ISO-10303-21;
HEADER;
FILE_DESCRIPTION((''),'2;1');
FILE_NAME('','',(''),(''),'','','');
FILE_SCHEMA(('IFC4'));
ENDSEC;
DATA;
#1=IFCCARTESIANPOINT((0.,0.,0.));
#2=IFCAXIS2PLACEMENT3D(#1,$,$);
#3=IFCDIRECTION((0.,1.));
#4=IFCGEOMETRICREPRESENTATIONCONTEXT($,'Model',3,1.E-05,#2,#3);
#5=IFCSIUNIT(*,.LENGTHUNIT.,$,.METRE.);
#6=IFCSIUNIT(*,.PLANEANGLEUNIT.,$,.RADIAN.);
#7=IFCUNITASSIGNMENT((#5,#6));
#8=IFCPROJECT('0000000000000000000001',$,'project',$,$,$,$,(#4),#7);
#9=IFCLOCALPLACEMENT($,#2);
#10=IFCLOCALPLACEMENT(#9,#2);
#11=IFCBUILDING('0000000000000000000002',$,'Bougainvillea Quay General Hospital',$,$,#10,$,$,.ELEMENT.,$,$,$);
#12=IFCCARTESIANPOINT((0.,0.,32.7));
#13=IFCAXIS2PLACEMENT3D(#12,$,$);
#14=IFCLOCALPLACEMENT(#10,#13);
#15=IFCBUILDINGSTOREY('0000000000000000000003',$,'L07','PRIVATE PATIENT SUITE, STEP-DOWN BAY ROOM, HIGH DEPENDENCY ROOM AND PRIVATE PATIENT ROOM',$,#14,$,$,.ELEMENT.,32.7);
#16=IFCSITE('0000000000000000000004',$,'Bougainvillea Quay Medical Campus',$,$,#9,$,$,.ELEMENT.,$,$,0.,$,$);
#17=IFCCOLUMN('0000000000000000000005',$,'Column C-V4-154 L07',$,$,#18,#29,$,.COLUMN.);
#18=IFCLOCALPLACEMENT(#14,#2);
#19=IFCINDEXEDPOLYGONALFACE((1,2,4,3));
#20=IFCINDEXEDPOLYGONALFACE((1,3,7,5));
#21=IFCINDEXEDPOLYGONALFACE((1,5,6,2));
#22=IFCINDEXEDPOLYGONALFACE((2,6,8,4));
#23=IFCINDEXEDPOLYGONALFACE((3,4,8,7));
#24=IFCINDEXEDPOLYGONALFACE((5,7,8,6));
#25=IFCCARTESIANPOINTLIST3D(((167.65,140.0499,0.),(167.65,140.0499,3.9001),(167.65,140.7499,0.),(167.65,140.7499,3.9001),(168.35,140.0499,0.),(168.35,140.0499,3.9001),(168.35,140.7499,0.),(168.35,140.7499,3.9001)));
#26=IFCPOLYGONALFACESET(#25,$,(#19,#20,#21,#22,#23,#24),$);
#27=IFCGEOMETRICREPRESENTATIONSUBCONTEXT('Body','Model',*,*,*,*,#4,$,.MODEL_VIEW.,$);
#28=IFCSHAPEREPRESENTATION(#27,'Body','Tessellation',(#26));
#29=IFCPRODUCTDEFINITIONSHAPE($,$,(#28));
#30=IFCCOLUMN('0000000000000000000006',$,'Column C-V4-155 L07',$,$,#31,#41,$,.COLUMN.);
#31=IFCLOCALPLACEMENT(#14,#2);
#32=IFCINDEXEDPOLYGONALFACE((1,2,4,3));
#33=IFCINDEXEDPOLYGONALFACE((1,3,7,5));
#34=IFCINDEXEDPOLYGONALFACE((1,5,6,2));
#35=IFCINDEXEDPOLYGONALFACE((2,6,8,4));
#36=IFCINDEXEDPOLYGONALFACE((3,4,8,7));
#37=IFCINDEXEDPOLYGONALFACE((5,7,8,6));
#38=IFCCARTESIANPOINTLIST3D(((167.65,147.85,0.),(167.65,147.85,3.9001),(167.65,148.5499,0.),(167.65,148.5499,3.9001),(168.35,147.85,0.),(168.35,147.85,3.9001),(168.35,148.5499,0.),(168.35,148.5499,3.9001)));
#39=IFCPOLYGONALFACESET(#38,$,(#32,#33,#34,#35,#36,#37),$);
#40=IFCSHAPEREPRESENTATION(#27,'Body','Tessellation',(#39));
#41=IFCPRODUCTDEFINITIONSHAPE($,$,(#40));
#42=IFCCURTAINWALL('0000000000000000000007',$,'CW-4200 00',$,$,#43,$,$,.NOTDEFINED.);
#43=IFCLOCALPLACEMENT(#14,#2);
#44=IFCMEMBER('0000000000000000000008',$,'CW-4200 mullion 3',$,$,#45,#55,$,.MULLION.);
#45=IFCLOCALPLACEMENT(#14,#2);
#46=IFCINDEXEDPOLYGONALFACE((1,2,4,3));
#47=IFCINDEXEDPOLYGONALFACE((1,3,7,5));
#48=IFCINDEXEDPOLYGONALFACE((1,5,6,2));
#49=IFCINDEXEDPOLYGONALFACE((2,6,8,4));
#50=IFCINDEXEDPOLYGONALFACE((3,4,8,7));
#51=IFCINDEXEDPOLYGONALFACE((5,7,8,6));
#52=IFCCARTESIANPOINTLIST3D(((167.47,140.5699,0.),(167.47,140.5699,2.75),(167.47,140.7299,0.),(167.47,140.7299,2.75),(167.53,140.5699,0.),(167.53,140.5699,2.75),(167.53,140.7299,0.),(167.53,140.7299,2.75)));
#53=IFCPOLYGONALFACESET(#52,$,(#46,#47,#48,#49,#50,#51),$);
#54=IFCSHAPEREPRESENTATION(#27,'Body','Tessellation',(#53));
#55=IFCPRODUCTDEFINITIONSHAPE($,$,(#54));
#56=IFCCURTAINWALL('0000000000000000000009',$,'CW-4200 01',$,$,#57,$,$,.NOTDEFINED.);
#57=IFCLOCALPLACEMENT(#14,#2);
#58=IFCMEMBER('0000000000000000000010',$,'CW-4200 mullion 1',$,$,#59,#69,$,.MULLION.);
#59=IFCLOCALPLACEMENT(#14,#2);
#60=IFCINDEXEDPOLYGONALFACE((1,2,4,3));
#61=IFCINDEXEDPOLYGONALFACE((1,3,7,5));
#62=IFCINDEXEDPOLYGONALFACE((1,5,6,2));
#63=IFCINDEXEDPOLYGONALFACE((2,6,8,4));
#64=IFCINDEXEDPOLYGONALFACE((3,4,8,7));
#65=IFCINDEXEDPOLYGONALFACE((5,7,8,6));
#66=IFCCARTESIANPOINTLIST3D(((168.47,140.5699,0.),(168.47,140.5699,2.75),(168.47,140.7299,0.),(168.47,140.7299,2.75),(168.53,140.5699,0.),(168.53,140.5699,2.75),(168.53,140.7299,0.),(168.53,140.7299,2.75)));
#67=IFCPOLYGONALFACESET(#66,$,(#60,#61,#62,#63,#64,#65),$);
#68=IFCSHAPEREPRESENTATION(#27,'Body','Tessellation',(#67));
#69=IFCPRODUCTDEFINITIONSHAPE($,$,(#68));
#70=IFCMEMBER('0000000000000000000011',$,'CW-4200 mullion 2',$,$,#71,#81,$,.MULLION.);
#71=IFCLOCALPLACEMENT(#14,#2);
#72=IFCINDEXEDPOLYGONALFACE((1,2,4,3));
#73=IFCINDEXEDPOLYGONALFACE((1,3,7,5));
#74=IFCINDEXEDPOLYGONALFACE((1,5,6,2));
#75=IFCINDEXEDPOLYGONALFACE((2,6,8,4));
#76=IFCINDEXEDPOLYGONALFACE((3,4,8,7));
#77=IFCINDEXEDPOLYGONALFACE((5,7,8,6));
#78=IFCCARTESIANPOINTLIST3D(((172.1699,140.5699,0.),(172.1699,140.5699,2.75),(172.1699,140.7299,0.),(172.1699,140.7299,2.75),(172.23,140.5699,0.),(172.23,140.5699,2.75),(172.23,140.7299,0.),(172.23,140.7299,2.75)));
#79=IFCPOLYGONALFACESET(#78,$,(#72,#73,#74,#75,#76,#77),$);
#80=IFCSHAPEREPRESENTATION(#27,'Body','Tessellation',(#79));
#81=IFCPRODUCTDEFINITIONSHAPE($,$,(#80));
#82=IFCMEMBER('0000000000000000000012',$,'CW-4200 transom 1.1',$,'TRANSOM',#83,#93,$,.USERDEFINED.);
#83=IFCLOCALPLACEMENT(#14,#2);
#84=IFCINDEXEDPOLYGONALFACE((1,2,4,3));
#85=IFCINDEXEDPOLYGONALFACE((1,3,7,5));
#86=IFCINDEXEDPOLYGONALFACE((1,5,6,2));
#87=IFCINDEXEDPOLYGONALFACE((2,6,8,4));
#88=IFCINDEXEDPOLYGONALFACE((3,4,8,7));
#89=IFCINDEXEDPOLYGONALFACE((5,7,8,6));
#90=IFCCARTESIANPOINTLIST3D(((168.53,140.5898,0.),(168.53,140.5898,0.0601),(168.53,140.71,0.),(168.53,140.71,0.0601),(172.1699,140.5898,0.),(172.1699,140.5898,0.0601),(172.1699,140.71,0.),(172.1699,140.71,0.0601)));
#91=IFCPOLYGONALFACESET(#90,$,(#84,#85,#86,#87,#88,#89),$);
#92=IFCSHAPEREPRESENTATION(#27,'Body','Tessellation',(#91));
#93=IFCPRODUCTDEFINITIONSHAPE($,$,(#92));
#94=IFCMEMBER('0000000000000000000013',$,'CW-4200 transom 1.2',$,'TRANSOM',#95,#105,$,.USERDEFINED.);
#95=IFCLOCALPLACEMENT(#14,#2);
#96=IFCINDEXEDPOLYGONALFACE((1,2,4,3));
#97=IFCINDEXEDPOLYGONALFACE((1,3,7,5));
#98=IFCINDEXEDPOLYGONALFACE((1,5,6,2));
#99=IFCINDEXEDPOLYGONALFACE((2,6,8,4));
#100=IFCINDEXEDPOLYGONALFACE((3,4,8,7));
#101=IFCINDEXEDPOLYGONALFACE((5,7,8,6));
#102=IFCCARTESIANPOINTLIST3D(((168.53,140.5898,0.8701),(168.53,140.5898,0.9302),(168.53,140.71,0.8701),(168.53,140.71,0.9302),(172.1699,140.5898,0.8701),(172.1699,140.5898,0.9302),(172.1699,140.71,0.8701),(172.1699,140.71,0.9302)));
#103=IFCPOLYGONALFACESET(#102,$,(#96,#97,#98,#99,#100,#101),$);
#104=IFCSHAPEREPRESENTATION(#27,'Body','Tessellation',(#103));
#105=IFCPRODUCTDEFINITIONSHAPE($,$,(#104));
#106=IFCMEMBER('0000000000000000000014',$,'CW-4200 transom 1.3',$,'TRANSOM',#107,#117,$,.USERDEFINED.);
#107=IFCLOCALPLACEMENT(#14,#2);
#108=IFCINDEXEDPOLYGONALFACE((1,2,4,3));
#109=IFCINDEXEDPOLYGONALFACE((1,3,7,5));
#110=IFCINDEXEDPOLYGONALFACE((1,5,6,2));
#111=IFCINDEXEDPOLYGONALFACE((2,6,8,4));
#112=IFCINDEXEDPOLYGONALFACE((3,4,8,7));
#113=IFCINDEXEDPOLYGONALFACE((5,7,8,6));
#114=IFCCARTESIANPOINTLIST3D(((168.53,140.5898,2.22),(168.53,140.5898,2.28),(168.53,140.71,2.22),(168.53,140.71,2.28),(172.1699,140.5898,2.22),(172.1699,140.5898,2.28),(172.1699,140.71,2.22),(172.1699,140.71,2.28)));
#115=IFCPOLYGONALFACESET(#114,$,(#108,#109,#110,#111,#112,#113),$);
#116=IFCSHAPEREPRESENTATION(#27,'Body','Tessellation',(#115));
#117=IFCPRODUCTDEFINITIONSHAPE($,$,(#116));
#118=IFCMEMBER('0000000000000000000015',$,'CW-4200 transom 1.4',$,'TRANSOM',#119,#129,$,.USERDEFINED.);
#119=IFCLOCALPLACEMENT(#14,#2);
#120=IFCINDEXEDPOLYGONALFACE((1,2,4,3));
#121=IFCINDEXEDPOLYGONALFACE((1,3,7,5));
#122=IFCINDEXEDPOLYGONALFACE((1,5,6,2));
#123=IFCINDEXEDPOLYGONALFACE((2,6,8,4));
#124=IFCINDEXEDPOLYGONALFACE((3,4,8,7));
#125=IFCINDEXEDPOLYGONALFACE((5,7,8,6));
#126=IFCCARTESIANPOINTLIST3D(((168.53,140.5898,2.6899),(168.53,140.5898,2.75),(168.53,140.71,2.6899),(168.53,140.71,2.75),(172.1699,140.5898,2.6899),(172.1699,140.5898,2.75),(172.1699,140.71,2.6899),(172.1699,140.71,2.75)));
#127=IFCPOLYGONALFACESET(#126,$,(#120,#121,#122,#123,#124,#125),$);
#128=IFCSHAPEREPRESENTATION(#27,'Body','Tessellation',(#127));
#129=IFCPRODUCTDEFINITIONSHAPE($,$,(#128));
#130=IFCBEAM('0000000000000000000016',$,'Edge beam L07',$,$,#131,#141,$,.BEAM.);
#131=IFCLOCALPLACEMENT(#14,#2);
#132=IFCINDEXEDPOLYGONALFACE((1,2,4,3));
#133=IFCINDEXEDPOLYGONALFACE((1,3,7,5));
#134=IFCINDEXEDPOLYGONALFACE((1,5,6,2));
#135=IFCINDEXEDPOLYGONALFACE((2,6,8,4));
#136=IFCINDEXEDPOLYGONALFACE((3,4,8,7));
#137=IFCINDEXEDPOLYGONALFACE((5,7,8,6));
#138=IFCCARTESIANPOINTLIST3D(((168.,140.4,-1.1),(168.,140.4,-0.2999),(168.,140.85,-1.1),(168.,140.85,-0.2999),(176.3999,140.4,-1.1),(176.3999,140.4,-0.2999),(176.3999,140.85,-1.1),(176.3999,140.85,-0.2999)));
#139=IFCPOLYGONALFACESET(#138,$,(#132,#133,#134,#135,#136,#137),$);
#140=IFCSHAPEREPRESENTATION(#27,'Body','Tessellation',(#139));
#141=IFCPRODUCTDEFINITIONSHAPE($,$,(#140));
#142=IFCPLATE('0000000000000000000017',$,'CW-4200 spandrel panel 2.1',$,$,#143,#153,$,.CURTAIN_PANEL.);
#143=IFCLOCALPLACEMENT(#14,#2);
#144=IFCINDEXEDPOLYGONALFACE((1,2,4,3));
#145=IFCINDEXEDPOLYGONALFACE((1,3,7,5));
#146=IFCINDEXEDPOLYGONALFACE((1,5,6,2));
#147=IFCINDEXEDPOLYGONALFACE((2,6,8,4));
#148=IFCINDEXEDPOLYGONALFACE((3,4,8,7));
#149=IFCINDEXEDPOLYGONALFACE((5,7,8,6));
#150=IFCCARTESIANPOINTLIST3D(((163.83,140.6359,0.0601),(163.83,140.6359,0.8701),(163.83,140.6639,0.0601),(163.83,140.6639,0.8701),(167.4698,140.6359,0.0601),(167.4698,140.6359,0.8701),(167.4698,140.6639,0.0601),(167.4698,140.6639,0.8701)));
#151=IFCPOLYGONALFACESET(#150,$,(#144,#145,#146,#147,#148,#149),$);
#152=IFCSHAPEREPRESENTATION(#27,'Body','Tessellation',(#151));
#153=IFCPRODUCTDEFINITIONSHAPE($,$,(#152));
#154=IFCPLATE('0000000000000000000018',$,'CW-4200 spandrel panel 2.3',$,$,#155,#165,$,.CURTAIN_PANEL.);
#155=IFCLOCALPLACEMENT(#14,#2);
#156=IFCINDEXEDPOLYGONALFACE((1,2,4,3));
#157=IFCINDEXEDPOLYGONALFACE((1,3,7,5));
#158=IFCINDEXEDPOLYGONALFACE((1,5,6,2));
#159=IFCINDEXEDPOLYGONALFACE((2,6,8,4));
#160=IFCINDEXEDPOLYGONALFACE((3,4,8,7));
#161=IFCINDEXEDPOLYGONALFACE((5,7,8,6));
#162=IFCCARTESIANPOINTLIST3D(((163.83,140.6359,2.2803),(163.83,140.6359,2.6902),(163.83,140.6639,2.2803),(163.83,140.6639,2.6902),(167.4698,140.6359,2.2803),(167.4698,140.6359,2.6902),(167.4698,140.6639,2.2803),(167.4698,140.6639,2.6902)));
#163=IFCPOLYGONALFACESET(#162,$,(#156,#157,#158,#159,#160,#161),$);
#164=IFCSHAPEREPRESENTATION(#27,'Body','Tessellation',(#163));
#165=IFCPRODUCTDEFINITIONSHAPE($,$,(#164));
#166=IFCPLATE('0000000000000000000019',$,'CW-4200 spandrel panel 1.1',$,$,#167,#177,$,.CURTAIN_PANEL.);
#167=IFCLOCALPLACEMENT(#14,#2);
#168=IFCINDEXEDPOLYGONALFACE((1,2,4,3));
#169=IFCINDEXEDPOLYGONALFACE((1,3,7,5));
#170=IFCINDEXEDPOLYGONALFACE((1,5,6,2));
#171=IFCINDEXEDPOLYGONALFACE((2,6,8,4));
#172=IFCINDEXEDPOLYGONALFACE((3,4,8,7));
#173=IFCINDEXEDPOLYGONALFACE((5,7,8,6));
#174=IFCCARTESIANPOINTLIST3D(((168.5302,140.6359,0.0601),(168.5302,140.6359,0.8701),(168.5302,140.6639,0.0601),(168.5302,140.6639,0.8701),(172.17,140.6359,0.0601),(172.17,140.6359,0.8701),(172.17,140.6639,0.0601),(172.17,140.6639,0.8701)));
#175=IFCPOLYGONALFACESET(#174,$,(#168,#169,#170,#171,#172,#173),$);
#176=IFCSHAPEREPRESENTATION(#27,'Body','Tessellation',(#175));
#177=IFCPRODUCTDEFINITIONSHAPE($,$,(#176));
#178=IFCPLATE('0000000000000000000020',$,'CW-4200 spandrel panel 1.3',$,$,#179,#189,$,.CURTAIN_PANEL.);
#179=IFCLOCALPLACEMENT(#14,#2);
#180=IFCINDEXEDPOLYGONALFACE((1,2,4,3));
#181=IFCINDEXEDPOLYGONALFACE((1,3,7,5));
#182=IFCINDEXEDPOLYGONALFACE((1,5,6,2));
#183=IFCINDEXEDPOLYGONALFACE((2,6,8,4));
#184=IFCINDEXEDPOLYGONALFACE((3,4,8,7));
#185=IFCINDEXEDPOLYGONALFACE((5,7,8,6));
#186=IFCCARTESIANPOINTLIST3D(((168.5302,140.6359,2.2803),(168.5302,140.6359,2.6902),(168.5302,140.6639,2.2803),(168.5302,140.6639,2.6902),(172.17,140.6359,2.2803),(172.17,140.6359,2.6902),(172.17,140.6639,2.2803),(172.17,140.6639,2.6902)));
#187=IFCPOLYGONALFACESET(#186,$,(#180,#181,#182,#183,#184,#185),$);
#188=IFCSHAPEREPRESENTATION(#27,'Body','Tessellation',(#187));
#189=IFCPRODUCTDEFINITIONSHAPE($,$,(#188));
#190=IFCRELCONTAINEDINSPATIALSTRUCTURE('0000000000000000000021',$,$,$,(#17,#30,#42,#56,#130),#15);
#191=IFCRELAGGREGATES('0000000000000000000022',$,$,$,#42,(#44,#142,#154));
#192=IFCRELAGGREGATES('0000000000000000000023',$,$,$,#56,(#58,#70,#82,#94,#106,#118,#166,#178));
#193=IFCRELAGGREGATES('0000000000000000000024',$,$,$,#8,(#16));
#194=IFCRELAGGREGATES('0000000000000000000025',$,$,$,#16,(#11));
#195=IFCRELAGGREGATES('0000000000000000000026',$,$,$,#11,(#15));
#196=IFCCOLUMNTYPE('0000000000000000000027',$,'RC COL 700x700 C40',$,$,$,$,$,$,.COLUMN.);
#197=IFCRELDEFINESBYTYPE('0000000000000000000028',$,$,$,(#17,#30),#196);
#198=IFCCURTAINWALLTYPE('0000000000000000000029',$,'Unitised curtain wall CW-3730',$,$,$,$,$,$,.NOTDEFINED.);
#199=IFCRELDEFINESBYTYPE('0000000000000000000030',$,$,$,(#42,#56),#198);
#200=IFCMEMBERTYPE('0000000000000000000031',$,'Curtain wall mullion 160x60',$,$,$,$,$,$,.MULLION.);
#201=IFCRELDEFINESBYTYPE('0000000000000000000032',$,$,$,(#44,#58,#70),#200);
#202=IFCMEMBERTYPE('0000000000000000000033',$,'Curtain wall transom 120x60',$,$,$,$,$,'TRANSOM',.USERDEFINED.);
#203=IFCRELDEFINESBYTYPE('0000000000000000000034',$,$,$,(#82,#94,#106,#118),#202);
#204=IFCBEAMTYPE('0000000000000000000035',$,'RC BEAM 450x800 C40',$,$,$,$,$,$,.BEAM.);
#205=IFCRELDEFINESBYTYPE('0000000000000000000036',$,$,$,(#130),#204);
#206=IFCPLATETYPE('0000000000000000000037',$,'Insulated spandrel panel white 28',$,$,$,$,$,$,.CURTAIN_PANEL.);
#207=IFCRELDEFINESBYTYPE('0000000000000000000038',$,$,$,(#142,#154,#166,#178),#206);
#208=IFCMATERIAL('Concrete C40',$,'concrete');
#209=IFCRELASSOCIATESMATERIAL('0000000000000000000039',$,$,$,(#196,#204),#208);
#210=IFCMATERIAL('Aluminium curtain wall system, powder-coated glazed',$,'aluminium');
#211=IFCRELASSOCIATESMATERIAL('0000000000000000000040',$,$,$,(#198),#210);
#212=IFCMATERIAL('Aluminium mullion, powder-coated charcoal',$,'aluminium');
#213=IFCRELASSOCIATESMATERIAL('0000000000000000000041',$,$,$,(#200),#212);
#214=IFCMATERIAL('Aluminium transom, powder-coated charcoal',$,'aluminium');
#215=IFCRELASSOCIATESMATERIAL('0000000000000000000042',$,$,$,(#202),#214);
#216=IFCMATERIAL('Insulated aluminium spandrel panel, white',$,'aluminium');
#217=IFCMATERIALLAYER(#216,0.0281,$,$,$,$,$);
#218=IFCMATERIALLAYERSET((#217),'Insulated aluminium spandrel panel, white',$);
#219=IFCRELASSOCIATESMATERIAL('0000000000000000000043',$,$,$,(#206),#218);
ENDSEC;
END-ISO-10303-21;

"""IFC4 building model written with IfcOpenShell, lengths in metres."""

from ifc_helpers import new_model, si_unit, direction, frame, origin, origin_2d, place, context, subcontext, project, spatial, rectangle, extrude, material, layer, layer_set, material_profile, profile_set, type_object, element, aggregate, save


model = new_model("IFC4")

# Units and contexts
model_context = context("Model", 3, precision=1e-05, world=origin(), true_north=direction((0.0, 1.0)))
body_context = subcontext(model_context, "Body", "Model", "MODEL_VIEW")
ifc_project = project(units=[si_unit("LENGTHUNIT", "METRE"), si_unit("PLANEANGLEUNIT", "RADIAN")], contexts=[model_context])

# Site, building, storey
site_placement = place(None, origin())
site = spatial("IfcSite", under=ifc_project, at=site_placement, Name="Bougainvillea Quay Medical Campus", CompositionType="ELEMENT", RefElevation=0.0)
building_placement = place(site_placement, origin())
building = spatial("IfcBuilding", under=site, at=building_placement, Name="Bougainvillea Quay General Hospital", CompositionType="ELEMENT")
storey_placement = place(building_placement, frame((0.0, 0.0, 32.7)))
storey = spatial("IfcBuildingStorey", under=building, at=storey_placement, Name="L07", Description="PRIVATE PATIENT SUITE, STEP-DOWN BAY ROOM, HIGH DEPENDENCY ROOM AND PRIVATE PATIENT ROOM", CompositionType="ELEMENT", Elevation=32.7)

# Columns
ifc_material_1 = material(Name="Concrete C40", Category="concrete")
ifc_material_profile_1 = material_profile(ifc_material_1, rectangle(XDim=0.7, YDim=0.7, at=origin_2d()))
ifc_profile_set_1 = profile_set([ifc_material_profile_1], Name="Concrete C40")
column_type = type_object("IfcColumnType", Name="RC COL 700x700 C40", PredefinedType="COLUMN", material=ifc_profile_set_1)
for number, where, z_axis, x_axis, name in (
    (1, (168.0, 140.3999, 0.0), (0.0, 0.0, 1.0), (1.0, 0.0, 0.0), "Column C-V4-154 L07"),
    (2, (168.0, 148.2, 0.0), (0.0, 0.0, 1.0), (1.0, 0.0, 0.0), "Column C-V4-155 L07"),
):
    element("IfcColumn", number, at=place(storey_placement, frame(where, z_axis=z_axis, x_axis=x_axis)), inside=storey, type_object=column_type, Name=name, PredefinedType="COLUMN", context=body_context, shape_type="SweptSolid", body=[
        extrude(rectangle(XDim=0.7, YDim=0.7, at=origin_2d()), origin(), (0.0, 0.0, 1.0), 3.9001),
    ])

# Curtain wall, member
ifc_material_2 = material(Name="Aluminium curtain wall system, powder-coated glazed", Category="aluminium")
curtain_wall_type = type_object("IfcCurtainWallType", Name="Unitised curtain wall CW-3730", PredefinedType="NOTDEFINED", material=ifc_material_2)
curtain_wall_1_placement = place(storey_placement, origin())
curtain_wall_1 = element("IfcCurtainWall", 3, at=curtain_wall_1_placement, inside=storey, type_object=curtain_wall_type, Name="CW-4200 00", PredefinedType="NOTDEFINED")
ifc_material_3 = material(Name="Aluminium mullion, powder-coated charcoal", Category="aluminium")
ifc_material_profile_2 = material_profile(ifc_material_3, rectangle(XDim=0.1599, YDim=0.0601, at=origin_2d()))
ifc_profile_set_2 = profile_set([ifc_material_profile_2], Name="Aluminium mullion, powder-coated charcoal")
member_type_1 = type_object("IfcMemberType", Name="Curtain wall mullion 160x60", PredefinedType="MULLION", material=ifc_profile_set_2)
member_1_placement = place(storey_placement, frame((167.5, 140.6499, 0.0), z_axis=(0.0, 0.0, 1.0), x_axis=(0.0, 1.0, 0.0)))
member_1 = element("IfcMember", 4, at=member_1_placement, type_object=member_type_1, Name="CW-4200 mullion 3", PredefinedType="MULLION", context=body_context, shape_type="SweptSolid", body=[
    extrude(rectangle(XDim=0.1599, YDim=0.0601, at=origin_2d()), origin(), (0.0, 0.0, 1.0), 2.75),
])

# Curtain wall, members
curtain_wall_2_placement = place(storey_placement, origin())
curtain_wall_2 = element("IfcCurtainWall", 5, at=curtain_wall_2_placement, inside=storey, type_object=curtain_wall_type, Name="CW-4200 01", PredefinedType="NOTDEFINED")
member_2_placement = place(storey_placement, frame((168.5, 140.6499, 0.0), z_axis=(0.0, 0.0, 1.0), x_axis=(0.0, 1.0, 0.0)))
member_2 = element("IfcMember", 6, at=member_2_placement, type_object=member_type_1, Name="CW-4200 mullion 1", PredefinedType="MULLION", context=body_context, shape_type="SweptSolid", body=[
    extrude(rectangle(XDim=0.1599, YDim=0.0601, at=origin_2d()), origin(), (0.0, 0.0, 1.0), 2.75),
])
member_3_placement = place(storey_placement, frame((172.2, 140.6499, 0.0), z_axis=(0.0, 0.0, 1.0), x_axis=(0.0, 1.0, 0.0)))
member_3 = element("IfcMember", 7, at=member_3_placement, type_object=member_type_1, Name="CW-4200 mullion 2", PredefinedType="MULLION", context=body_context, shape_type="SweptSolid", body=[
    extrude(rectangle(XDim=0.1599, YDim=0.0601, at=origin_2d()), origin(), (0.0, 0.0, 1.0), 2.75),
])
ifc_material_4 = material(Name="Aluminium transom, powder-coated charcoal", Category="aluminium")
ifc_material_profile_3 = material_profile(ifc_material_4, rectangle(XDim=0.1201, YDim=0.0601, at=origin_2d()))
ifc_profile_set_3 = profile_set([ifc_material_profile_3], Name="Aluminium transom, powder-coated charcoal")
member_type_2 = type_object("IfcMemberType", Name="Curtain wall transom 120x60", ElementType="TRANSOM", PredefinedType="USERDEFINED", material=ifc_profile_set_3)
member_4_placement = place(storey_placement, frame((168.53, 140.6499, 0.03), z_axis=(1.0, 0.0, 0.0), x_axis=(0.0, 1.0, 0.0)))
member_4 = element("IfcMember", 8, at=member_4_placement, type_object=member_type_2, Name="CW-4200 transom 1.1", ObjectType="TRANSOM", PredefinedType="USERDEFINED", context=body_context, shape_type="SweptSolid", body=[
    extrude(rectangle(XDim=0.1201, YDim=0.0601, at=origin_2d()), origin(), (0.0, 0.0, 1.0), 3.6399),
])
member_5_placement = place(storey_placement, frame((168.53, 140.6499, 0.9001), z_axis=(1.0, 0.0, 0.0), x_axis=(0.0, 1.0, 0.0)))
member_5 = element("IfcMember", 9, at=member_5_placement, type_object=member_type_2, Name="CW-4200 transom 1.2", ObjectType="TRANSOM", PredefinedType="USERDEFINED", context=body_context, shape_type="SweptSolid", body=[
    extrude(rectangle(XDim=0.1201, YDim=0.0601, at=origin_2d()), origin(), (0.0, 0.0, 1.0), 3.6399),
])
member_6_placement = place(storey_placement, frame((168.53, 140.6499, 2.25), z_axis=(1.0, 0.0, 0.0), x_axis=(0.0, 1.0, 0.0)))
member_6 = element("IfcMember", 10, at=member_6_placement, type_object=member_type_2, Name="CW-4200 transom 1.3", ObjectType="TRANSOM", PredefinedType="USERDEFINED", context=body_context, shape_type="SweptSolid", body=[
    extrude(rectangle(XDim=0.1201, YDim=0.0601, at=origin_2d()), origin(), (0.0, 0.0, 1.0), 3.6399),
])
member_7_placement = place(storey_placement, frame((168.53, 140.6499, 2.72), z_axis=(1.0, 0.0, 0.0), x_axis=(0.0, 1.0, 0.0)))
member_7 = element("IfcMember", 11, at=member_7_placement, type_object=member_type_2, Name="CW-4200 transom 1.4", ObjectType="TRANSOM", PredefinedType="USERDEFINED", context=body_context, shape_type="SweptSolid", body=[
    extrude(rectangle(XDim=0.1201, YDim=0.0601, at=origin_2d()), origin(), (0.0, 0.0, 1.0), 3.6399),
])

# Beam
ifc_material_profile_4 = material_profile(ifc_material_1, rectangle(XDim=0.45, YDim=0.8, at=origin_2d()))
ifc_profile_set_4 = profile_set([ifc_material_profile_4], Name="Concrete C40")
beam_type = type_object("IfcBeamType", Name="RC BEAM 450x800 C40", PredefinedType="BEAM", material=ifc_profile_set_4)
beam_placement = place(storey_placement, frame((168.0, 140.625, -0.7), z_axis=(1.0, 0.0, 0.0), x_axis=(0.0, 1.0, 0.0)))
element("IfcBeam", 12, at=beam_placement, inside=storey, type_object=beam_type, Name="Edge beam L07", PredefinedType="BEAM", context=body_context, shape_type="SweptSolid", body=[
    extrude(rectangle(XDim=0.45, YDim=0.8, at=origin_2d()), origin(), (0.0, 0.0, 1.0), 8.3999),
])

# Plates
ifc_material_5 = material(Name="Insulated aluminium spandrel panel, white", Category="aluminium")
ifc_layer_1 = layer(ifc_material_5, 0.0281)
ifc_layer_set_1 = layer_set([ifc_layer_1], Name="Insulated aluminium spandrel panel, white")
plate_type_1 = type_object("IfcPlateType", Name="Insulated spandrel panel white 28", PredefinedType="CURTAIN_PANEL", material=ifc_layer_set_1)
plate_1_placement = place(storey_placement, frame((165.6499, 140.6499, 0.0601), z_axis=(0.0, 0.0, 1.0), x_axis=(1.0, 0.0, 0.0)))
plate_1 = element("IfcPlate", 13, at=plate_1_placement, type_object=plate_type_1, Name="CW-4200 spandrel panel 2.1", PredefinedType="CURTAIN_PANEL", context=body_context, shape_type="SweptSolid", body=[
    extrude(rectangle(XDim=3.6399, YDim=0.0281, at=origin_2d()), origin(), (0.0, 0.0, 1.0), 0.8101),
])
plate_2_placement = place(storey_placement, frame((165.6499, 140.6499, 2.2803), z_axis=(0.0, 0.0, 1.0), x_axis=(1.0, 0.0, 0.0)))
plate_2 = element("IfcPlate", 14, at=plate_2_placement, type_object=plate_type_1, Name="CW-4200 spandrel panel 2.3", PredefinedType="CURTAIN_PANEL", context=body_context, shape_type="SweptSolid", body=[
    extrude(rectangle(XDim=3.6399, YDim=0.0281, at=origin_2d()), origin(), (0.0, 0.0, 1.0), 0.4099),
])
plate_3_placement = place(storey_placement, frame((170.3501, 140.6499, 0.0601), z_axis=(0.0, 0.0, 1.0), x_axis=(1.0, 0.0, 0.0)))
plate_3 = element("IfcPlate", 15, at=plate_3_placement, type_object=plate_type_1, Name="CW-4200 spandrel panel 1.1", PredefinedType="CURTAIN_PANEL", context=body_context, shape_type="SweptSolid", body=[
    extrude(rectangle(XDim=3.6399, YDim=0.0281, at=origin_2d()), origin(), (0.0, 0.0, 1.0), 0.8101),
])
plate_4_placement = place(storey_placement, frame((170.3501, 140.6499, 2.2803), z_axis=(0.0, 0.0, 1.0), x_axis=(1.0, 0.0, 0.0)))
plate_4 = element("IfcPlate", 16, at=plate_4_placement, type_object=plate_type_1, Name="CW-4200 spandrel panel 1.3", PredefinedType="CURTAIN_PANEL", context=body_context, shape_type="SweptSolid", body=[
    extrude(rectangle(XDim=3.6399, YDim=0.0281, at=origin_2d()), origin(), (0.0, 0.0, 1.0), 0.4099),
])
aggregate(curtain_wall_1, [member_1, plate_1, plate_2])
aggregate(curtain_wall_2, [member_2, member_3, member_4, member_5, member_6, member_7, plate_3, plate_4])

save(model, "model.ifc")
